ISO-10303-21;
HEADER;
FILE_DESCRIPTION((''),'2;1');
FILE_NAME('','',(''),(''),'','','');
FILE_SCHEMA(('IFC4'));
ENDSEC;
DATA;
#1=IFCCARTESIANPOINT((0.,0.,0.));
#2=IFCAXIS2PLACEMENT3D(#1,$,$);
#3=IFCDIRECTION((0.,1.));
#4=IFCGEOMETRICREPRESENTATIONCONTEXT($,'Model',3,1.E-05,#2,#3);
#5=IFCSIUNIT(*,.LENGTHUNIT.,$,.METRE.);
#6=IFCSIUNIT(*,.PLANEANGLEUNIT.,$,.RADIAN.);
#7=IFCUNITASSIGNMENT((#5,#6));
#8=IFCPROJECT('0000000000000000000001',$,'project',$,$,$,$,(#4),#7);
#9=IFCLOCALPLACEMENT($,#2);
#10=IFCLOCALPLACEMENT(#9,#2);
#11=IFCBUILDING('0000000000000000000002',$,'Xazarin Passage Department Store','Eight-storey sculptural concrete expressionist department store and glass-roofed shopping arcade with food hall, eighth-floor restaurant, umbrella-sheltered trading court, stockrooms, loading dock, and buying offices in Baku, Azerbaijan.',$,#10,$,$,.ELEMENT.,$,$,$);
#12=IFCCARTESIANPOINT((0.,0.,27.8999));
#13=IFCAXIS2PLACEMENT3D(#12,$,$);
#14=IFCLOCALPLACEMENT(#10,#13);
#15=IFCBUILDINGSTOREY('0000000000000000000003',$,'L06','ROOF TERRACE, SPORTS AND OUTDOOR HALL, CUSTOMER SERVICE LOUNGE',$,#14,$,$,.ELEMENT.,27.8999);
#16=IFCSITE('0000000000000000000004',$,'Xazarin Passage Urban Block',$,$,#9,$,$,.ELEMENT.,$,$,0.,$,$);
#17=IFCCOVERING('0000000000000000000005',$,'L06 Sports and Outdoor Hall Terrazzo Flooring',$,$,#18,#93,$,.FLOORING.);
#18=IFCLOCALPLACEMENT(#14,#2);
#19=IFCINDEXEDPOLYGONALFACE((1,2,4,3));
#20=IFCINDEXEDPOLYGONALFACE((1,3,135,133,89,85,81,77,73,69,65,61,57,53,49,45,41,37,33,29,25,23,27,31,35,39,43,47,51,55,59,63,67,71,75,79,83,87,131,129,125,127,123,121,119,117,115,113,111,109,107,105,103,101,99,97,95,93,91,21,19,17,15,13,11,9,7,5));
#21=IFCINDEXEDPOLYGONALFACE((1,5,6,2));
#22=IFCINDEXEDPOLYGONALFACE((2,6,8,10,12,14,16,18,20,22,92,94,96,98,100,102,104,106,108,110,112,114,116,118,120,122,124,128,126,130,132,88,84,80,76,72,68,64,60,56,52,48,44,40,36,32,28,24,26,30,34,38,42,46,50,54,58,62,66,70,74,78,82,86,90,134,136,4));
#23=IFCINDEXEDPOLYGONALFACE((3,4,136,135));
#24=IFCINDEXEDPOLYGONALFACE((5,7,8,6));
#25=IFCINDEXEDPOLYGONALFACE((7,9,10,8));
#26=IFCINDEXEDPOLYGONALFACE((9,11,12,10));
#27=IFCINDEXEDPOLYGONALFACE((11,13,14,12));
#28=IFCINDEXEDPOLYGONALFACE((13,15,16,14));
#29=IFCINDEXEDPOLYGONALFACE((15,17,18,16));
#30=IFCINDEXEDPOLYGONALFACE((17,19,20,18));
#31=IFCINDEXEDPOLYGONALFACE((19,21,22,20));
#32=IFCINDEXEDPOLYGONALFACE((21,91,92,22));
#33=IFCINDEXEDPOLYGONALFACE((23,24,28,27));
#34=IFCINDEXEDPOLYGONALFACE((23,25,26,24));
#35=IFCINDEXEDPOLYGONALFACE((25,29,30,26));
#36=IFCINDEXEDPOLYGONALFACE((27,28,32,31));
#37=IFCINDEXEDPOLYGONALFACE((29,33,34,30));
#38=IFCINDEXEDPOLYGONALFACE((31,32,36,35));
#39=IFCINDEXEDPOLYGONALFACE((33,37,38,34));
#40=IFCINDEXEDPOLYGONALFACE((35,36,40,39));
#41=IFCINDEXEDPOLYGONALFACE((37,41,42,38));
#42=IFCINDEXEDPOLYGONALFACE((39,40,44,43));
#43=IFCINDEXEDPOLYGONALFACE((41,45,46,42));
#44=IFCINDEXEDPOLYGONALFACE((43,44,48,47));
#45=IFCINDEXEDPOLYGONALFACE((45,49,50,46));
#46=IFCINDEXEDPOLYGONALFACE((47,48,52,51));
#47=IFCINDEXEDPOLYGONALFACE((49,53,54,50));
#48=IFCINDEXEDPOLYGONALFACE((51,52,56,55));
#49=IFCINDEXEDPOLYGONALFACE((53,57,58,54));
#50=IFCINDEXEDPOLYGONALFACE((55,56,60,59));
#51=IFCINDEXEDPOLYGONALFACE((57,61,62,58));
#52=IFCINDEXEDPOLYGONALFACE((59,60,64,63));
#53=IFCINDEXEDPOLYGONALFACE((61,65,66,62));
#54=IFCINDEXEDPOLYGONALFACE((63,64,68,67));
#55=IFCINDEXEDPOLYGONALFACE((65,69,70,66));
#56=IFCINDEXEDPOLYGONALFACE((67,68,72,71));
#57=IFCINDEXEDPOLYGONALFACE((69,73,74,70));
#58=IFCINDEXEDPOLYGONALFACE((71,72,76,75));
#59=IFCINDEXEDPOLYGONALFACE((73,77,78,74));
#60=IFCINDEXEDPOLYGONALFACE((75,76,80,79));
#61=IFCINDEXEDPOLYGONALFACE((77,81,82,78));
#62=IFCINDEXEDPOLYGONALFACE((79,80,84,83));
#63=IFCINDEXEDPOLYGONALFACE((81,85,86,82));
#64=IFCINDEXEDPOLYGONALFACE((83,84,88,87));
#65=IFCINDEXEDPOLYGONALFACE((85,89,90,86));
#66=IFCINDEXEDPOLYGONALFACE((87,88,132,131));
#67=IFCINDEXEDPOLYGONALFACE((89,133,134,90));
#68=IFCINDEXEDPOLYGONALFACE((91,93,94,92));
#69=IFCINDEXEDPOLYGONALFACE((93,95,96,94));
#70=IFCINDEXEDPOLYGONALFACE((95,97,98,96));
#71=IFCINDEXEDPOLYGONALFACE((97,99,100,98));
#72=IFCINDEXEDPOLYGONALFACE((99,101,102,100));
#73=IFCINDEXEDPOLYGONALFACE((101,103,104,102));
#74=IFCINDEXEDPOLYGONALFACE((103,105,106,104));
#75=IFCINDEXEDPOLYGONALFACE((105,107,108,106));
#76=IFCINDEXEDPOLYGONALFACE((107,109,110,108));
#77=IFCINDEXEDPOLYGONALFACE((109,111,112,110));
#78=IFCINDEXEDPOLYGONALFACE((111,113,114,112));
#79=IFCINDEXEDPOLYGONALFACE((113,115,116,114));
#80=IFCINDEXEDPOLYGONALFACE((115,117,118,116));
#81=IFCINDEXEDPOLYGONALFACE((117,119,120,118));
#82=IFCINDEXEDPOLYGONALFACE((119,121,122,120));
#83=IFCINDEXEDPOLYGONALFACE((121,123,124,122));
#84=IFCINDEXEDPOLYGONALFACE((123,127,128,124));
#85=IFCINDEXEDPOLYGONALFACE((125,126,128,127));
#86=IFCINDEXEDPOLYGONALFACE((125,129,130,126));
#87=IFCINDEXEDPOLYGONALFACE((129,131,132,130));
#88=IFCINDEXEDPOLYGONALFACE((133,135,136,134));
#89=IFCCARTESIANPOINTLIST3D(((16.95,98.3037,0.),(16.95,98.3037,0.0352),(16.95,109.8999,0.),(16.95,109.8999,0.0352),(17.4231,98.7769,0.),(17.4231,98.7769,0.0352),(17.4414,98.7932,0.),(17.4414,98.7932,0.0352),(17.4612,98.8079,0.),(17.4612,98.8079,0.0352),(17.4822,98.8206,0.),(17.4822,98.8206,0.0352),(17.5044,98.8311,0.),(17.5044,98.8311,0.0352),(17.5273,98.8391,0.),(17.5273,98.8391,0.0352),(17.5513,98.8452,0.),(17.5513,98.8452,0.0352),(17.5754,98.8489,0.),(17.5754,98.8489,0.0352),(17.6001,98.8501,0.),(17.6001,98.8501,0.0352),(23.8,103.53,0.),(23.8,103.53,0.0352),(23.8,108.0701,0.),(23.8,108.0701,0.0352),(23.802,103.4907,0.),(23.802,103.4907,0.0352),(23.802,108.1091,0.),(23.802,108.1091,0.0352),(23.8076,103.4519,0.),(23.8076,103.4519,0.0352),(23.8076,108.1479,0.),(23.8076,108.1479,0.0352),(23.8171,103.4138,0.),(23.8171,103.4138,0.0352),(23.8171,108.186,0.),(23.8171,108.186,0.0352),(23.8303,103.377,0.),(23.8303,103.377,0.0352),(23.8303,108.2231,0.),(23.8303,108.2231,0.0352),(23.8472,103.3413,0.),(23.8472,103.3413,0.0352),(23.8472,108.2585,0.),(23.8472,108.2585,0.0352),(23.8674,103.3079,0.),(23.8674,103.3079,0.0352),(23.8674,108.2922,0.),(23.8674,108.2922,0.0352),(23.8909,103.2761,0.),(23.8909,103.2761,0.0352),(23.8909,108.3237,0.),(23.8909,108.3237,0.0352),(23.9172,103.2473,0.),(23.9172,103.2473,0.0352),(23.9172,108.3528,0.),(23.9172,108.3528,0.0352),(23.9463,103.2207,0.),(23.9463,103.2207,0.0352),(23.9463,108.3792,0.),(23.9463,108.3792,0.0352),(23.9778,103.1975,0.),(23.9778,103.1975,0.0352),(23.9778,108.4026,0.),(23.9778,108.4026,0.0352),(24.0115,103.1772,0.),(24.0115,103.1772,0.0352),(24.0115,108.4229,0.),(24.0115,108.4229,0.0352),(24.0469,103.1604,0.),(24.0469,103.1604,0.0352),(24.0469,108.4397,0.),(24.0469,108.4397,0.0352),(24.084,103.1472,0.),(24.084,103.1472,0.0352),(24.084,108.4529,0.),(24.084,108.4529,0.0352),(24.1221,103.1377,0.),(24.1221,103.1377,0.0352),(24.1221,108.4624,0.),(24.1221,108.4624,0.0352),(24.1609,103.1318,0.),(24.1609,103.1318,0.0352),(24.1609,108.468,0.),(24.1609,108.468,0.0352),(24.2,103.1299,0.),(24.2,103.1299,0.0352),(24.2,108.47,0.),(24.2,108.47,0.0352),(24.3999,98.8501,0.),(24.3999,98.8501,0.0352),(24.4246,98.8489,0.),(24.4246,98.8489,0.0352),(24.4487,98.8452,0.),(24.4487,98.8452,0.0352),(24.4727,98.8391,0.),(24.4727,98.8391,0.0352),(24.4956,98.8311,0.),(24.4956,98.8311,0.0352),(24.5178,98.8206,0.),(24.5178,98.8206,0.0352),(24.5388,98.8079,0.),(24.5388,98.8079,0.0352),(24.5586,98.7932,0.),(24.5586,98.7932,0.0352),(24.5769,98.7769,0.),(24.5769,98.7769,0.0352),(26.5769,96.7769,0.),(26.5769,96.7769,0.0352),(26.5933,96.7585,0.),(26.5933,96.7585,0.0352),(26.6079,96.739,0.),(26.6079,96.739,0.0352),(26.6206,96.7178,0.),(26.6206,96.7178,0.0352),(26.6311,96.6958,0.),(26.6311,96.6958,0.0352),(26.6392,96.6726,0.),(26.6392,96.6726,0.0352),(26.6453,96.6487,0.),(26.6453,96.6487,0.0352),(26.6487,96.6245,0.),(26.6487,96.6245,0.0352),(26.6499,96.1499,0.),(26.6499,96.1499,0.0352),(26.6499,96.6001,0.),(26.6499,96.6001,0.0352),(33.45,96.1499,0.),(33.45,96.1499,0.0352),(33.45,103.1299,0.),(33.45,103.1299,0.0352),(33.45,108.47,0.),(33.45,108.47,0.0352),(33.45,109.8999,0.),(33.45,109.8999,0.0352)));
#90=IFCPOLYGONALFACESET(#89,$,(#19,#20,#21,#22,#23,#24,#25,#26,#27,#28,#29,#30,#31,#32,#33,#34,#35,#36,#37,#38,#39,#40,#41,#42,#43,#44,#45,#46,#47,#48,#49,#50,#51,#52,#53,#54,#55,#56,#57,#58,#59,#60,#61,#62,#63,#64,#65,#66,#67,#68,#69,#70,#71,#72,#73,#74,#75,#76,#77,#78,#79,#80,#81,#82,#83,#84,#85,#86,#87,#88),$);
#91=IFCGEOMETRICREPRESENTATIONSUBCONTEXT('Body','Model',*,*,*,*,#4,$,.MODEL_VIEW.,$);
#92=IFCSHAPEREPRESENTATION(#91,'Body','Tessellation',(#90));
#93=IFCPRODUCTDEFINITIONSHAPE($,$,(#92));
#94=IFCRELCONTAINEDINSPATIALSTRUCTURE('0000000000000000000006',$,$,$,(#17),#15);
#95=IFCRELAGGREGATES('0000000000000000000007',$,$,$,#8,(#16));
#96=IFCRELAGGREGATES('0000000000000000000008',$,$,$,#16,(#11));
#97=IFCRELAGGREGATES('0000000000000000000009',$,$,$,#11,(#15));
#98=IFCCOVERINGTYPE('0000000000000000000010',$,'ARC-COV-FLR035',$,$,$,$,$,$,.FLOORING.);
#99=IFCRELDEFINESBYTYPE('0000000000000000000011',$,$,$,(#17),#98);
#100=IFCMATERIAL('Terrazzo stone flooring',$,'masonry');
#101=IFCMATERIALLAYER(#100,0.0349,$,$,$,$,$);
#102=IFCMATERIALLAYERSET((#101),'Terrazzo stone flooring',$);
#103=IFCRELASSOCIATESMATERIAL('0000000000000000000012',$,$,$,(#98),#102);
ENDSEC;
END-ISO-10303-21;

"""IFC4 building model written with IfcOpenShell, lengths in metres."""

from ifc_helpers import new_model, si_unit, direction, frame, origin, place, context, subcontext, project, spatial, polyline, outline, extrude, material, layer, layer_set, type_object, element, save


model = new_model("IFC4")

# Units and contexts
model_context = context("Model", 3, precision=1e-05, world=origin(), true_north=direction((0.0, 1.0)))
body_context = subcontext(model_context, "Body", "Model", "MODEL_VIEW")
ifc_project = project(units=[si_unit("LENGTHUNIT", "METRE"), si_unit("PLANEANGLEUNIT", "RADIAN")], contexts=[model_context])

# Site, building, storey
site_placement = place(None, origin())
site = spatial("IfcSite", under=ifc_project, at=site_placement, Name="Xazarin Passage Urban Block", CompositionType="ELEMENT", RefElevation=0.0)
building_placement = place(site_placement, origin())
building = spatial("IfcBuilding", under=site, at=building_placement, Name="Xazarin Passage Department Store", Description="Eight-storey sculptural concrete expressionist department store and glass-roofed shopping arcade with food hall, eighth-floor restaurant, umbrella-sheltered trading court, stockrooms, loading dock, and buying offices in Baku, Azerbaijan.", CompositionType="ELEMENT")
storey_placement = place(building_placement, frame((0.0, 0.0, 27.8999)))
storey = spatial("IfcBuildingStorey", under=building, at=storey_placement, Name="L06", Description="ROOF TERRACE, SPORTS AND OUTDOOR HALL, CUSTOMER SERVICE LOUNGE", CompositionType="ELEMENT", Elevation=27.8999)

# Covering
ifc_material_1 = material(Name="Terrazzo stone flooring", Category="masonry")
ifc_layer_1 = layer(ifc_material_1, 0.0349)
ifc_layer_set_1 = layer_set([ifc_layer_1], Name="Terrazzo stone flooring")
covering_type_1 = type_object("IfcCoveringType", Name="ARC-COV-FLR035", PredefinedType="FLOORING", material=ifc_layer_set_1)
covering_1_placement = place(storey_placement, origin())
element("IfcCovering", 1, at=covering_1_placement, inside=storey, type_object=covering_type_1, Name="L06 Sports and Outdoor Hall Terrazzo Flooring", PredefinedType="FLOORING", context=body_context, shape_type="SweptSolid", body=[
    extrude(outline(polyline([(33.45, 103.1299), (24.2, 103.1299), (24.1609, 103.1318), (24.1221, 103.1377), (24.084, 103.1472), (24.0469, 103.1604), (24.0115, 103.1772), (23.9778, 103.1975), (23.9463, 103.2207), (23.9172, 103.2473), (23.8909, 103.2761), (23.8674, 103.3079), (23.8472, 103.3413), (23.8303, 103.377), (23.8171, 103.4138), (23.8076, 103.4519), (23.802, 103.4907), (23.8, 103.53), (23.8, 108.0701), (23.802, 108.1091), (23.8076, 108.1479), (23.8171, 108.186), (23.8303, 108.2231), (23.8472, 108.2585), (23.8674, 108.2922), (23.8909, 108.3237), (23.9172, 108.3528), (23.9463, 108.3792), (23.9778, 108.4026), (24.0115, 108.4229), (24.0469, 108.4397), (24.084, 108.4529), (24.1221, 108.4624), (24.1609, 108.468), (24.2, 108.47), (33.45, 108.47), (33.45, 109.8999), (16.95, 109.8999), (16.95, 98.3037), (17.4231, 98.7769), (17.4414, 98.7932), (17.4612, 98.8079), (17.4822, 98.8206), (17.5044, 98.8311), (17.5273, 98.8391), (17.5513, 98.8452), (17.5754, 98.8489), (17.6001, 98.8501), (24.3999, 98.8501), (24.4246, 98.8489), (24.4487, 98.8452), (24.4727, 98.8391), (24.4956, 98.8311), (24.5178, 98.8206), (24.5388, 98.8079), (24.5586, 98.7932), (24.5769, 98.7769), (26.5769, 96.7769), (26.5933, 96.7585), (26.6079, 96.739), (26.6206, 96.7178), (26.6311, 96.6958), (26.6392, 96.6726), (26.6453, 96.6487), (26.6487, 96.6245), (26.6499, 96.6001), (26.6499, 96.1499), (33.45, 96.1499), (33.45, 103.1299)])), origin(), (0.0, 0.0, 1.0), 0.0352),
])

save(model, "model.ifc")
